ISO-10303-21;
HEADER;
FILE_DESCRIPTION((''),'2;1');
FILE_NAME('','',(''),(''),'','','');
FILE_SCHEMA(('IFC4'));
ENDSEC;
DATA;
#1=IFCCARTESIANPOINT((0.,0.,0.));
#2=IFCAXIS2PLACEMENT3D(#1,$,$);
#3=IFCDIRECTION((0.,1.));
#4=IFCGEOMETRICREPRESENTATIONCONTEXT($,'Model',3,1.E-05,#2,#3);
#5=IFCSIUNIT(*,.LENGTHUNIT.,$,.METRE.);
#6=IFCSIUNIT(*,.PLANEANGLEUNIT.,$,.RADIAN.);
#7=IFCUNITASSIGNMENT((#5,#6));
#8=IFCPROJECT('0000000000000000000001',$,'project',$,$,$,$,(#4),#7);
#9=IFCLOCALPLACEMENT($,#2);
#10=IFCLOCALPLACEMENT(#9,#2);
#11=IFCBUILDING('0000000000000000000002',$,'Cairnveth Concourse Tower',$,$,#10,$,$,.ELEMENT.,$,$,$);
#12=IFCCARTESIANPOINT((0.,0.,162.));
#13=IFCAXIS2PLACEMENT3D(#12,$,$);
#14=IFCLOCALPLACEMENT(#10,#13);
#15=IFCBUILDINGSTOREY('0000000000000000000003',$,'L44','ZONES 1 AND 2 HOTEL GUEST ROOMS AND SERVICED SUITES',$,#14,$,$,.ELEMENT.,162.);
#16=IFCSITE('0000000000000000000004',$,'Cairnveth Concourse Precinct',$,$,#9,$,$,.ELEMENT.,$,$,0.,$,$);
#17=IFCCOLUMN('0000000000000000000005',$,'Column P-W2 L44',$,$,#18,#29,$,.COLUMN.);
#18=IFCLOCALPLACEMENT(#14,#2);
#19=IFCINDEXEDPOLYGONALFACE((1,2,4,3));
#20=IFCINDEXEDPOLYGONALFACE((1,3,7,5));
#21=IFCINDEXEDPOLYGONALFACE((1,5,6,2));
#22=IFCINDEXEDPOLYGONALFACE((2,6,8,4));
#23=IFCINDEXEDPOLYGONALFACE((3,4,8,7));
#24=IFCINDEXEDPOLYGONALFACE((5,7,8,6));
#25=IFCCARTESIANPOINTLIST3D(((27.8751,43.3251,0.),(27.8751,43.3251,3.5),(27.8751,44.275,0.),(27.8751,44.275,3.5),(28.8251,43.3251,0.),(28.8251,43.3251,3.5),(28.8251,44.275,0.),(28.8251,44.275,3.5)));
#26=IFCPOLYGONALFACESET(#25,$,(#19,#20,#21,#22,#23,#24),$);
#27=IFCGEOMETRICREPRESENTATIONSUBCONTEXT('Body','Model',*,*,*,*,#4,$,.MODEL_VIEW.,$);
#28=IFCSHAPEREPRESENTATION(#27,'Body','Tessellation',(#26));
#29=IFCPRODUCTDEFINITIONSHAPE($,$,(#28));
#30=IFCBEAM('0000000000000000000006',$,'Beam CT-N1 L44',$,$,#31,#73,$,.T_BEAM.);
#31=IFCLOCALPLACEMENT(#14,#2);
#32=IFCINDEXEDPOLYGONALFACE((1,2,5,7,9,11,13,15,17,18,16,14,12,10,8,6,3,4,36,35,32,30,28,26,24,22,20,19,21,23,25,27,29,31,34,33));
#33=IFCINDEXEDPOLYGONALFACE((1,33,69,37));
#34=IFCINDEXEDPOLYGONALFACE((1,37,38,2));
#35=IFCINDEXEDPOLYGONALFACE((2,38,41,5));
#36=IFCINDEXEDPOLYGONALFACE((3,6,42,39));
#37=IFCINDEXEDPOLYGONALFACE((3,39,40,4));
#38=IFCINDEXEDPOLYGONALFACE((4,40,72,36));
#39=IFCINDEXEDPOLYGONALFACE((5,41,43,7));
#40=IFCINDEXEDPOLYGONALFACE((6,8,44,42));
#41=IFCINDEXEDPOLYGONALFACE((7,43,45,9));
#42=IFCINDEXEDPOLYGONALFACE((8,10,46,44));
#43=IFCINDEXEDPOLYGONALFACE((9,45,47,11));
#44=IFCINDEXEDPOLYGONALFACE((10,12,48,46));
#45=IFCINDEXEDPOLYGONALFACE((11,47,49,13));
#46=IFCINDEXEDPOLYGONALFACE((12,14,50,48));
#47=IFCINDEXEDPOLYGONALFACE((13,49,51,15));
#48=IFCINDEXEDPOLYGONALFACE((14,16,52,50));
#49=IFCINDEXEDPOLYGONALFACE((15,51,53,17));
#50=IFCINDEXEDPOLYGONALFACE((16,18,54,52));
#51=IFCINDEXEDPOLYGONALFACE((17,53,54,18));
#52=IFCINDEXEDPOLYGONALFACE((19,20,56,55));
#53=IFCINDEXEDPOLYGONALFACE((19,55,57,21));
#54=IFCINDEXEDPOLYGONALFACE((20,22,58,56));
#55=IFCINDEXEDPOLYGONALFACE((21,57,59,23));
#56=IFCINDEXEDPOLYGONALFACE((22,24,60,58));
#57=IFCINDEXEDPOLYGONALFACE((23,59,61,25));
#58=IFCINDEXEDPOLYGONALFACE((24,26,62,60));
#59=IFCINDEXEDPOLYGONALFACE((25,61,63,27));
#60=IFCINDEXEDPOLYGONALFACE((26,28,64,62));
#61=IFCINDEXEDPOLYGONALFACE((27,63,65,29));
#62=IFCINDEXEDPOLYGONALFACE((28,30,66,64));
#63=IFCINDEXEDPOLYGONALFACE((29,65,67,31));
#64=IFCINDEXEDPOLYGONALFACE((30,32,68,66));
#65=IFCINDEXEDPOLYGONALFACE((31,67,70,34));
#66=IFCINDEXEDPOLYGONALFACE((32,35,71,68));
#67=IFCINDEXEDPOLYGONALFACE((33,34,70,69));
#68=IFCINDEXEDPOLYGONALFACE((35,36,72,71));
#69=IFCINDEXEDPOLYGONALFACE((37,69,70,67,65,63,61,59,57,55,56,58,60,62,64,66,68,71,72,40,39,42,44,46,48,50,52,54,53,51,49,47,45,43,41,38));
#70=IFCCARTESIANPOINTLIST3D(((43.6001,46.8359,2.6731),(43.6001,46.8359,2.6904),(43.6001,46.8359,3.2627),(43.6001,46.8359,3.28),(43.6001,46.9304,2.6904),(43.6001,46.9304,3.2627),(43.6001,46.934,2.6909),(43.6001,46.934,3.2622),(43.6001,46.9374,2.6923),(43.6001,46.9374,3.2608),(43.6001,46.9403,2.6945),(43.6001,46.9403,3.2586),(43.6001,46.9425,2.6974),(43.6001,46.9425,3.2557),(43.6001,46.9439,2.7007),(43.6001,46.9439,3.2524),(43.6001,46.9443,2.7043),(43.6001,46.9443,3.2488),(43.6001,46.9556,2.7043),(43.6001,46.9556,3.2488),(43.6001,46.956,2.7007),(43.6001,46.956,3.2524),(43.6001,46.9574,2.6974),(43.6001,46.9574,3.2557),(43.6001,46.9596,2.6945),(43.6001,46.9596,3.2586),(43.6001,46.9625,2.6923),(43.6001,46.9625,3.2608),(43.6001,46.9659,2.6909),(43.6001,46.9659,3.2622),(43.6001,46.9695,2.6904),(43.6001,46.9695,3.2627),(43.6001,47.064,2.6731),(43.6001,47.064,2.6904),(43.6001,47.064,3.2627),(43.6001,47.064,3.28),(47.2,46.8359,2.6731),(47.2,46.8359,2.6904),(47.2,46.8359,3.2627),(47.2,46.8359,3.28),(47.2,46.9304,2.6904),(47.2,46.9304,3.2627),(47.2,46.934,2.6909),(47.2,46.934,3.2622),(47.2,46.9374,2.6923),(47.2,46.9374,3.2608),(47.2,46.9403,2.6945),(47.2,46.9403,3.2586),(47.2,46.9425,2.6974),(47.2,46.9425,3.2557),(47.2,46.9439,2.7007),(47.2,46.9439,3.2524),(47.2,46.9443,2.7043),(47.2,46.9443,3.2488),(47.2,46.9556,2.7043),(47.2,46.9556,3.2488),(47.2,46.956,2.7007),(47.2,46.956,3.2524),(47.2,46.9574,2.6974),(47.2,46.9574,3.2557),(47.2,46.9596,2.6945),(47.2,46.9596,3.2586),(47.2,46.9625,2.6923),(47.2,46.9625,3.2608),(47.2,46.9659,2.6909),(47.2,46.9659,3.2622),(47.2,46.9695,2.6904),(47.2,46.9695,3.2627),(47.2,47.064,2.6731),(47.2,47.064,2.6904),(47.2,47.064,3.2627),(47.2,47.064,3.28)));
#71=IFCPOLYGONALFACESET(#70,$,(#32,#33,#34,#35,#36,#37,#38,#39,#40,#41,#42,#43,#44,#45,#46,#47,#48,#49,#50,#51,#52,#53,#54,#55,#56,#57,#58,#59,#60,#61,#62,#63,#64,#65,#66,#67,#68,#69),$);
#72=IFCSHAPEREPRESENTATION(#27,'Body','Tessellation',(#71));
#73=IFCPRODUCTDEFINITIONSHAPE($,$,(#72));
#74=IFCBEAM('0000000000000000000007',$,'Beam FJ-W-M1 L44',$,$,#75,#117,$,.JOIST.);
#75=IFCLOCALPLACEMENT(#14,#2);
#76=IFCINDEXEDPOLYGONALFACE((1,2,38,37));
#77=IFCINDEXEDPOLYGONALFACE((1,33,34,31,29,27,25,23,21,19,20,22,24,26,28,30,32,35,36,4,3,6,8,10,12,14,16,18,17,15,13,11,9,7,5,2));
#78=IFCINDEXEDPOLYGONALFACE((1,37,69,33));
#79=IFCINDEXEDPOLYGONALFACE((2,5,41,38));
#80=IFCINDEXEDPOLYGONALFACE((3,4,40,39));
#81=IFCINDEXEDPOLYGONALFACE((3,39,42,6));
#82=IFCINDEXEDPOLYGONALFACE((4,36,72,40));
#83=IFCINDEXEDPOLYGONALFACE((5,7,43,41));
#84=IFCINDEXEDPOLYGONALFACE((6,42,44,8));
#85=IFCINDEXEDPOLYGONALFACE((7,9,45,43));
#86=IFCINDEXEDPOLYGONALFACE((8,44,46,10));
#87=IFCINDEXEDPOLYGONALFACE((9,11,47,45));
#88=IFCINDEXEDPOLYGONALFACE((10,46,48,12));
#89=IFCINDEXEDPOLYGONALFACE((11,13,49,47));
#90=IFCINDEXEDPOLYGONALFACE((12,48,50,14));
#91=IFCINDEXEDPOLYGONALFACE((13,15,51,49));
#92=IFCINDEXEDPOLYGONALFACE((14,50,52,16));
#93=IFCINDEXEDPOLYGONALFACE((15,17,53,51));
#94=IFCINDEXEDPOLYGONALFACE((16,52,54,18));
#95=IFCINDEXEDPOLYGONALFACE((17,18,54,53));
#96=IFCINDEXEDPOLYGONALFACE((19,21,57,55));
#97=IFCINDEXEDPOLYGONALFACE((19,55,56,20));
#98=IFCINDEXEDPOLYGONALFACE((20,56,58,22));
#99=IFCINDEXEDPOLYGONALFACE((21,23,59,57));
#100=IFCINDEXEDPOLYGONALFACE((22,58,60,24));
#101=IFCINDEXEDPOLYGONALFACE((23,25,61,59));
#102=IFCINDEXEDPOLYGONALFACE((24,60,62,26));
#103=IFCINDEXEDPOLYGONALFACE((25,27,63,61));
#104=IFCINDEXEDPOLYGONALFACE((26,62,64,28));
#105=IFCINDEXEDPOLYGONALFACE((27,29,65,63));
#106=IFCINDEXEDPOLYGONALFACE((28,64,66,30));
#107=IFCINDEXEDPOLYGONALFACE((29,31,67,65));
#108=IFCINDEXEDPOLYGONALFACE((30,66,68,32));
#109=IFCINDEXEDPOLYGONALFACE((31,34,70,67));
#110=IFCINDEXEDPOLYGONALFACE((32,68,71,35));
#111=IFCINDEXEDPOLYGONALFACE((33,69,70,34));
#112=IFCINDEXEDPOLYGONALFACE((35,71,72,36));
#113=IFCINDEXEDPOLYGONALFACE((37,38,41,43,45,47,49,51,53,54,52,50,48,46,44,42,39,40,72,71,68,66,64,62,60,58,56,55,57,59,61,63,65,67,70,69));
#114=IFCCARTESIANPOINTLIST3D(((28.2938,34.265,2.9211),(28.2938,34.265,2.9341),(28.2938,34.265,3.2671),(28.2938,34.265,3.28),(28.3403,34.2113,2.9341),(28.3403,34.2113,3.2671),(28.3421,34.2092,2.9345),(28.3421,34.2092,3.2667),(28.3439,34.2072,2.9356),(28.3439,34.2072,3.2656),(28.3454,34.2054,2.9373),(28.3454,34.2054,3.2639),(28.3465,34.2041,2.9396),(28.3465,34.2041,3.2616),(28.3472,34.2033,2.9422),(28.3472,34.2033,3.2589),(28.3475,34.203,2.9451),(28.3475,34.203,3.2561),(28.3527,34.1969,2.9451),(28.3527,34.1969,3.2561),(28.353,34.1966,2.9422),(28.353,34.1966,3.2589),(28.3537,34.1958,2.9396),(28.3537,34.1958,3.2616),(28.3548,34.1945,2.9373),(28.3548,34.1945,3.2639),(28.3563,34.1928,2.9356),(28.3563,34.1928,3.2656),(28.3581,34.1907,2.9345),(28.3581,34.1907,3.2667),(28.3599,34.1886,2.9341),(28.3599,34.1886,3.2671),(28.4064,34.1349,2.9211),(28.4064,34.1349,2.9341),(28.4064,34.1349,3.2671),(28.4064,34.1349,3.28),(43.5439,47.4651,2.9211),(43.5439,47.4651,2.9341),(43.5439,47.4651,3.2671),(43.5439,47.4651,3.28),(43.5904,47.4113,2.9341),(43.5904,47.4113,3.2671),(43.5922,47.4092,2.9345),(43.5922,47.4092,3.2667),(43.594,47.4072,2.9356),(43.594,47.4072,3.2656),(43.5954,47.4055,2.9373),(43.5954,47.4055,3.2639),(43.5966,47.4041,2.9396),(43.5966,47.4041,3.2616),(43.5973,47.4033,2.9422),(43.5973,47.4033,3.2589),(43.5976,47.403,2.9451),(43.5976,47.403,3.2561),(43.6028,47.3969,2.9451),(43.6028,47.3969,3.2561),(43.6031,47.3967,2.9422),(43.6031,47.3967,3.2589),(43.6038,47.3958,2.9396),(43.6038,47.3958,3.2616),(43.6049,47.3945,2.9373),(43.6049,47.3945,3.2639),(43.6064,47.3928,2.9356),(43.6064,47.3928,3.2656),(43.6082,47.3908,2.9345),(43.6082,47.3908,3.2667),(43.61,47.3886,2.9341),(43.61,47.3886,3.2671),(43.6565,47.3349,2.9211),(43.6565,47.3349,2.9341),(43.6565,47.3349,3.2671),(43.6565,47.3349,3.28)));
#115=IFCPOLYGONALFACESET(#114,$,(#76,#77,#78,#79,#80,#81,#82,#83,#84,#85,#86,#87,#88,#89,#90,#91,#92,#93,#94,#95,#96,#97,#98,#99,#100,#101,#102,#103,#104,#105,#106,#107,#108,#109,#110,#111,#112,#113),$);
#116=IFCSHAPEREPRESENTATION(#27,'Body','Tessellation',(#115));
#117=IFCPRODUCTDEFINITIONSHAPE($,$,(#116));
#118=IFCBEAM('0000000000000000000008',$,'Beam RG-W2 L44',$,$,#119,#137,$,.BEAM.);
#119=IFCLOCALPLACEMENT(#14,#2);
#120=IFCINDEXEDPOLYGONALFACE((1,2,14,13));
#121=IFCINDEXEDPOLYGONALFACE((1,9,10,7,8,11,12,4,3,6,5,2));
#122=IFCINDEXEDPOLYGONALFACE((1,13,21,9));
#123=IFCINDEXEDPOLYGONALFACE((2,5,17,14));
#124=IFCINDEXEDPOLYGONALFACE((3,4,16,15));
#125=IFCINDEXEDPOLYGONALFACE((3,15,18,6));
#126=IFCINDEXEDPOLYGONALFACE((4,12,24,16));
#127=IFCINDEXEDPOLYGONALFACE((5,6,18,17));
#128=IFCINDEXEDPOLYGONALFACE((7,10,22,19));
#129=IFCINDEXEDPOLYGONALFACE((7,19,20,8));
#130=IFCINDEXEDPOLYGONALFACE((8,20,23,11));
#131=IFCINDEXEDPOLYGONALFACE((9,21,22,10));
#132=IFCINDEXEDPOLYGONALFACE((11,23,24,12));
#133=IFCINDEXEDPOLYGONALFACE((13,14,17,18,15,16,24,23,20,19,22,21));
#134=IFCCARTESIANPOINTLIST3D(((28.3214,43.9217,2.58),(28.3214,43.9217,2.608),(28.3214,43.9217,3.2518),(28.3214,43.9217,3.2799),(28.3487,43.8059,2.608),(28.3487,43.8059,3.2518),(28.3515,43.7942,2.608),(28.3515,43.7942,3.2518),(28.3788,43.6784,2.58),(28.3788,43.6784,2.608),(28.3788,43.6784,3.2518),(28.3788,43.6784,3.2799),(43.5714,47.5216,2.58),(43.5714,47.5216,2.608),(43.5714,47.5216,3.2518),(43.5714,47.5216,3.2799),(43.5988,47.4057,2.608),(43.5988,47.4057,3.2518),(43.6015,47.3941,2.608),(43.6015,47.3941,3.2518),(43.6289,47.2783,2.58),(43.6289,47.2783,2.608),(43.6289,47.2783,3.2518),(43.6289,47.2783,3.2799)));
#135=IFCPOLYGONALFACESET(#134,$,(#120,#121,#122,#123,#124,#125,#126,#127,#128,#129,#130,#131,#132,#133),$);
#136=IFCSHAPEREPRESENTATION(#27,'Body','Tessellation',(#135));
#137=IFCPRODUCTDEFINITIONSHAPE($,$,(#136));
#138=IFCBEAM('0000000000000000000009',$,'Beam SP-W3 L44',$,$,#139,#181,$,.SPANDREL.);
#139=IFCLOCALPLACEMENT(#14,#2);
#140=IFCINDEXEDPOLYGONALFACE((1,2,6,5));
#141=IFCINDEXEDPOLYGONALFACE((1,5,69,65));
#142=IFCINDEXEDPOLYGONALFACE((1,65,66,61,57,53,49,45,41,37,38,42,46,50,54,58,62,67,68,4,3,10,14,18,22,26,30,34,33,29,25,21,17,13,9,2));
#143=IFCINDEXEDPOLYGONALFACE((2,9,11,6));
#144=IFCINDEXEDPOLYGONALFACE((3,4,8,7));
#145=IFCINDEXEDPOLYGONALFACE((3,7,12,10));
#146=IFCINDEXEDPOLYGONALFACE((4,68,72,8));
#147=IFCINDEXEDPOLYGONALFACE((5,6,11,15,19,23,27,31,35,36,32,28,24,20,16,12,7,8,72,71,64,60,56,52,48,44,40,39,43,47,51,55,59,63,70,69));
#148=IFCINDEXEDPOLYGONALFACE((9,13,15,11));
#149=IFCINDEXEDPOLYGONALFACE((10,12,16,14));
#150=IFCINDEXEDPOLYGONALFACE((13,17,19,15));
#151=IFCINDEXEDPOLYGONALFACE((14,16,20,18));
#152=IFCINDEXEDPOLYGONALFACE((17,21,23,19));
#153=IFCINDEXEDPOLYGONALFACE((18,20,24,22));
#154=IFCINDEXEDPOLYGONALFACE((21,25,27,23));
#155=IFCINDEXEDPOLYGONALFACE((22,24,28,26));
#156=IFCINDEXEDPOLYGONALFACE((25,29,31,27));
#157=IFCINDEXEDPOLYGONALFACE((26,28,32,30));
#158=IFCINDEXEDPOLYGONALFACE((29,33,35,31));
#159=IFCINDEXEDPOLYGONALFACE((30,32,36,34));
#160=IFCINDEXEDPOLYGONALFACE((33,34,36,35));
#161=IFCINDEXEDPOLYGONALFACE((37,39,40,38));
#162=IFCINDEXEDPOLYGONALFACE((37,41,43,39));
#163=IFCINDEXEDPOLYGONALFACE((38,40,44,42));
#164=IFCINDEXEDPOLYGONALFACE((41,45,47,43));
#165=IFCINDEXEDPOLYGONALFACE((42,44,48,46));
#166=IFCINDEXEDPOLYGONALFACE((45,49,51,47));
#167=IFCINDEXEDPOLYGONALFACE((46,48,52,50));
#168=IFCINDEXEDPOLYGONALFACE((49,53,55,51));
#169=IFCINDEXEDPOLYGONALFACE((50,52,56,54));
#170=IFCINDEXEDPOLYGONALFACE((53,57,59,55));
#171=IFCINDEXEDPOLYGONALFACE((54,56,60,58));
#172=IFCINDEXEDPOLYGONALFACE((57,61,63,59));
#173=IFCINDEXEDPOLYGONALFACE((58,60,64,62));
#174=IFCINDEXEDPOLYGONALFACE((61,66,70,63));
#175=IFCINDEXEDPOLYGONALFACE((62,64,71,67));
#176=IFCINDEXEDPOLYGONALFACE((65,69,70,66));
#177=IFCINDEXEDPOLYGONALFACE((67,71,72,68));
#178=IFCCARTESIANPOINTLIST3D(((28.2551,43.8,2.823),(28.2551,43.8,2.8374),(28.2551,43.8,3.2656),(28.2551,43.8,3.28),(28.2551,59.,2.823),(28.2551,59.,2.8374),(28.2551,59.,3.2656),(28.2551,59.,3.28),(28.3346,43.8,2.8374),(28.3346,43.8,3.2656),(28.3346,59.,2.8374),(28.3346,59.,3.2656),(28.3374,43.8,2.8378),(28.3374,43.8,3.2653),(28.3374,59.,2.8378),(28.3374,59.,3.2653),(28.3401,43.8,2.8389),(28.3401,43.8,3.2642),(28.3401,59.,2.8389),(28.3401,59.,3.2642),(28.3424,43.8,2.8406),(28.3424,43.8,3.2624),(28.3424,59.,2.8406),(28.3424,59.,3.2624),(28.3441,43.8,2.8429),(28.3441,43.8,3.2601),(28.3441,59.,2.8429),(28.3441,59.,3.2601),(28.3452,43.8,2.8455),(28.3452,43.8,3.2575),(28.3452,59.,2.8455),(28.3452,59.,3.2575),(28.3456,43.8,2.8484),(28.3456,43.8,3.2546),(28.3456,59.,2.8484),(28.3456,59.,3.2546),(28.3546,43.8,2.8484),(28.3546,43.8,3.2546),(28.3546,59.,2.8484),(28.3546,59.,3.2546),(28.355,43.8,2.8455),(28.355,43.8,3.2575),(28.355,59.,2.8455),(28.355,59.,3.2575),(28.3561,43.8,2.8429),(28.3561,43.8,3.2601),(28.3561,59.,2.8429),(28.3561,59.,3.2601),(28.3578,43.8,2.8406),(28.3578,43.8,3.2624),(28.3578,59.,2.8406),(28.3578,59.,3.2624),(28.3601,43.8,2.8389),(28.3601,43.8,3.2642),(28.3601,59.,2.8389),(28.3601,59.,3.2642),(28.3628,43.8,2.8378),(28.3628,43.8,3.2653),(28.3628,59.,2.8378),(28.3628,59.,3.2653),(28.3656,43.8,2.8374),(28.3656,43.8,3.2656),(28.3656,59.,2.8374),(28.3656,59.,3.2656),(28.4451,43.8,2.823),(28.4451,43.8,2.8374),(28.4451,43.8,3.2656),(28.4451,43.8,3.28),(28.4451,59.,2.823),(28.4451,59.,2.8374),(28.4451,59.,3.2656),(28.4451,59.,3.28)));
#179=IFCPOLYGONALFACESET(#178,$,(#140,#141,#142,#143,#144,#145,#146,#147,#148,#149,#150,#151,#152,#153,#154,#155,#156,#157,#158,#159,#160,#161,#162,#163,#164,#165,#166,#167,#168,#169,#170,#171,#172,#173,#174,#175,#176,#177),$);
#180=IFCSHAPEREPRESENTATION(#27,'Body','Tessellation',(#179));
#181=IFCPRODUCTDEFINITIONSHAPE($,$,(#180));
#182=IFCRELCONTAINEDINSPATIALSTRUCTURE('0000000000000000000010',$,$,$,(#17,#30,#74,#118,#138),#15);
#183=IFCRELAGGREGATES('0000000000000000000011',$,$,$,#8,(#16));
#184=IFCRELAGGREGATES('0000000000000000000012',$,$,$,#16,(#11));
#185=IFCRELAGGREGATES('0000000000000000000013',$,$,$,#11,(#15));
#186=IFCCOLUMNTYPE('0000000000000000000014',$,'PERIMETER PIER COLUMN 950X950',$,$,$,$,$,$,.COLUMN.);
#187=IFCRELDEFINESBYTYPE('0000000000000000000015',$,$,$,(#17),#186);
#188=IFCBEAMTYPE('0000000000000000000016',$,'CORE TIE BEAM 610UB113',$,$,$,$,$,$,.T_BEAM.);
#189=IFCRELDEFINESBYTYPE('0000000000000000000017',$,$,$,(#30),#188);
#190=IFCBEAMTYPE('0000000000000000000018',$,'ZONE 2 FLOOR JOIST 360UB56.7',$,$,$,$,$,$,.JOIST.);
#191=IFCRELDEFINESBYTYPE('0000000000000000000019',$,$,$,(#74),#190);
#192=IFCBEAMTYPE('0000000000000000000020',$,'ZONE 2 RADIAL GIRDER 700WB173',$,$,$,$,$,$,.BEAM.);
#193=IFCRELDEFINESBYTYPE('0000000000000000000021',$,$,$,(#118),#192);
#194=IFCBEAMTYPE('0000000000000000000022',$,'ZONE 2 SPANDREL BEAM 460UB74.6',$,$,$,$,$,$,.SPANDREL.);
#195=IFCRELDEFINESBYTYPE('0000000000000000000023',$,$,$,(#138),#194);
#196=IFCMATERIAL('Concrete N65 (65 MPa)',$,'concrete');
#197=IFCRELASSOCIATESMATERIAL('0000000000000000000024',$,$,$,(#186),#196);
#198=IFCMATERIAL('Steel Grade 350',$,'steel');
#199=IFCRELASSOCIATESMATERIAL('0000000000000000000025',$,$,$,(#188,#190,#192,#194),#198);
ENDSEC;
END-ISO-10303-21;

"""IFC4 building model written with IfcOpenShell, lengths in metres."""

from ifc_helpers import new_model, si_unit, direction, frame, origin, origin_2d, place, context, subcontext, project, spatial, rectangle, i_section, extrude, material, material_profile, profile_set, type_object, element, save


model = new_model("IFC4")

# Units and contexts
model_context = context("Model", 3, precision=1e-05, world=origin(), true_north=direction((0.0, 1.0)))
body_context = subcontext(model_context, "Body", "Model", "MODEL_VIEW")
ifc_project = project(units=[si_unit("LENGTHUNIT", "METRE"), si_unit("PLANEANGLEUNIT", "RADIAN")], contexts=[model_context])

# Site, building, storey
site_placement = place(None, origin())
site = spatial("IfcSite", under=ifc_project, at=site_placement, Name="Cairnveth Concourse Precinct", CompositionType="ELEMENT", RefElevation=0.0)
building_placement = place(site_placement, origin())
building = spatial("IfcBuilding", under=site, at=building_placement, Name="Cairnveth Concourse Tower", CompositionType="ELEMENT")
storey_placement = place(building_placement, frame((0.0, 0.0, 162.0)))
storey = spatial("IfcBuildingStorey", under=building, at=storey_placement, Name="L44", Description="ZONES 1 AND 2 HOTEL GUEST ROOMS AND SERVICED SUITES", CompositionType="ELEMENT", Elevation=162.0)

# Column
ifc_material_1 = material(Name="Concrete N65 (65 MPa)", Category="concrete")
ifc_material_profile_1 = material_profile(ifc_material_1, rectangle(XDim=0.95, YDim=0.95, at=origin_2d()), Name="RC-COL-950x950")
ifc_profile_set_1 = profile_set([ifc_material_profile_1], Name="Concrete N65 (65 MPa)")
column_type = type_object("IfcColumnType", Name="PERIMETER PIER COLUMN 950X950", PredefinedType="COLUMN", material=ifc_profile_set_1)
column_placement = place(storey_placement, frame((28.3501, 43.8, 0.0), z_axis=(0.0, 0.0, 1.0), x_axis=(0.0, 1.0, 0.0)))
element("IfcColumn", 1, at=column_placement, inside=storey, type_object=column_type, Name="Column P-W2 L44", PredefinedType="COLUMN", context=body_context, shape_type="SweptSolid", body=[
    extrude(rectangle(XDim=0.95, YDim=0.95, at=origin_2d()), origin(), (0.0, 0.0, 1.0), 3.5),
])

# Beams
ifc_material_2 = material(Name="Steel Grade 350", Category="steel")
ifc_material_profile_2 = material_profile(ifc_material_2, i_section(OverallWidth=0.228, OverallDepth=0.6069, WebThickness=0.0112, FlangeThickness=0.0173, FilletRadius=0.0139, at=origin_2d()), Name="610UB113")
ifc_profile_set_2 = profile_set([ifc_material_profile_2], Name="Steel Grade 350")
beam_type_1 = type_object("IfcBeamType", Name="CORE TIE BEAM 610UB113", PredefinedType="T_BEAM", material=ifc_profile_set_2)
beam_1_placement = place(storey_placement, frame((43.6001, 46.95, 2.9766), z_axis=(1.0, 0.0, 0.0), x_axis=(0.0, 1.0, 0.0)))
element("IfcBeam", 2, at=beam_1_placement, inside=storey, type_object=beam_type_1, Name="Beam CT-N1 L44", PredefinedType="T_BEAM", context=body_context, shape_type="SweptSolid", body=[
    extrude(i_section(OverallWidth=0.228, OverallDepth=0.6069, WebThickness=0.0112, FlangeThickness=0.0173, FilletRadius=0.0139, at=origin_2d()), origin(), (0.0, 0.0, 1.0), 3.5999),
])
ifc_material_profile_3 = material_profile(ifc_material_2, i_section(OverallWidth=0.1721, OverallDepth=0.3589, WebThickness=0.0081, FlangeThickness=0.0129, FilletRadius=0.011, at=origin_2d()), Name="360UB56.7")
ifc_profile_set_3 = profile_set([ifc_material_profile_3], Name="Steel Grade 350")
beam_type_2 = type_object("IfcBeamType", Name="ZONE 2 FLOOR JOIST 360UB56.7", PredefinedType="JOIST", material=ifc_profile_set_3)
beam_2_placement = place(storey_placement, frame((28.3501, 34.2, 3.1006), z_axis=(0.756099, 0.654457, 0.0), x_axis=(-0.654457, 0.756099, 0.0)))
element("IfcBeam", 3, at=beam_2_placement, inside=storey, type_object=beam_type_2, Name="Beam FJ-W-M1 L44", PredefinedType="JOIST", context=body_context, shape_type="SweptSolid", body=[
    extrude(i_section(OverallWidth=0.1721, OverallDepth=0.3589, WebThickness=0.0081, FlangeThickness=0.0129, FilletRadius=0.011, at=origin_2d()), origin(), (0.0, 0.0, 1.0), 20.1694),
])
ifc_material_profile_4 = material_profile(ifc_material_2, i_section(OverallWidth=0.25, OverallDepth=0.7, WebThickness=0.012, FlangeThickness=0.0281, at=origin_2d()), Name="700WB173")
ifc_profile_set_4 = profile_set([ifc_material_profile_4], Name="Steel Grade 350")
beam_type_3 = type_object("IfcBeamType", Name="ZONE 2 RADIAL GIRDER 700WB173", PredefinedType="BEAM", material=ifc_profile_set_4)
beam_3_placement = place(storey_placement, frame((28.3501, 43.8, 2.9299), z_axis=(0.973252, 0.229742, 0.0), x_axis=(-0.229742, 0.973252, 0.0)))
element("IfcBeam", 4, at=beam_3_placement, inside=storey, type_object=beam_type_3, Name="Beam RG-W2 L44", PredefinedType="BEAM", context=body_context, shape_type="SweptSolid", body=[
    extrude(i_section(OverallWidth=0.25, OverallDepth=0.7, WebThickness=0.012, FlangeThickness=0.0281, at=origin_2d()), origin(), (0.0, 0.0, 1.0), 15.6692),
])
ifc_material_profile_5 = material_profile(ifc_material_2, i_section(OverallWidth=0.1899, OverallDepth=0.457, WebThickness=0.009, FlangeThickness=0.0144, FilletRadius=0.011, at=origin_2d()), Name="460UB74.6")
ifc_profile_set_5 = profile_set([ifc_material_profile_5], Name="Steel Grade 350")
beam_type_4 = type_object("IfcBeamType", Name="ZONE 2 SPANDREL BEAM 460UB74.6", PredefinedType="SPANDREL", material=ifc_profile_set_5)
beam_4_placement = place(storey_placement, frame((28.3501, 43.8, 3.0515), z_axis=(0.0, 1.0, 0.0), x_axis=(-1.0, 0.0, 0.0)))
element("IfcBeam", 5, at=beam_4_placement, inside=storey, type_object=beam_type_4, Name="Beam SP-W3 L44", PredefinedType="SPANDREL", context=body_context, shape_type="SweptSolid", body=[
    extrude(i_section(OverallWidth=0.1899, OverallDepth=0.457, WebThickness=0.009, FlangeThickness=0.0144, FilletRadius=0.011, at=origin_2d()), origin(), (0.0, 0.0, 1.0), 15.2),
])

save(model, "model.ifc")
